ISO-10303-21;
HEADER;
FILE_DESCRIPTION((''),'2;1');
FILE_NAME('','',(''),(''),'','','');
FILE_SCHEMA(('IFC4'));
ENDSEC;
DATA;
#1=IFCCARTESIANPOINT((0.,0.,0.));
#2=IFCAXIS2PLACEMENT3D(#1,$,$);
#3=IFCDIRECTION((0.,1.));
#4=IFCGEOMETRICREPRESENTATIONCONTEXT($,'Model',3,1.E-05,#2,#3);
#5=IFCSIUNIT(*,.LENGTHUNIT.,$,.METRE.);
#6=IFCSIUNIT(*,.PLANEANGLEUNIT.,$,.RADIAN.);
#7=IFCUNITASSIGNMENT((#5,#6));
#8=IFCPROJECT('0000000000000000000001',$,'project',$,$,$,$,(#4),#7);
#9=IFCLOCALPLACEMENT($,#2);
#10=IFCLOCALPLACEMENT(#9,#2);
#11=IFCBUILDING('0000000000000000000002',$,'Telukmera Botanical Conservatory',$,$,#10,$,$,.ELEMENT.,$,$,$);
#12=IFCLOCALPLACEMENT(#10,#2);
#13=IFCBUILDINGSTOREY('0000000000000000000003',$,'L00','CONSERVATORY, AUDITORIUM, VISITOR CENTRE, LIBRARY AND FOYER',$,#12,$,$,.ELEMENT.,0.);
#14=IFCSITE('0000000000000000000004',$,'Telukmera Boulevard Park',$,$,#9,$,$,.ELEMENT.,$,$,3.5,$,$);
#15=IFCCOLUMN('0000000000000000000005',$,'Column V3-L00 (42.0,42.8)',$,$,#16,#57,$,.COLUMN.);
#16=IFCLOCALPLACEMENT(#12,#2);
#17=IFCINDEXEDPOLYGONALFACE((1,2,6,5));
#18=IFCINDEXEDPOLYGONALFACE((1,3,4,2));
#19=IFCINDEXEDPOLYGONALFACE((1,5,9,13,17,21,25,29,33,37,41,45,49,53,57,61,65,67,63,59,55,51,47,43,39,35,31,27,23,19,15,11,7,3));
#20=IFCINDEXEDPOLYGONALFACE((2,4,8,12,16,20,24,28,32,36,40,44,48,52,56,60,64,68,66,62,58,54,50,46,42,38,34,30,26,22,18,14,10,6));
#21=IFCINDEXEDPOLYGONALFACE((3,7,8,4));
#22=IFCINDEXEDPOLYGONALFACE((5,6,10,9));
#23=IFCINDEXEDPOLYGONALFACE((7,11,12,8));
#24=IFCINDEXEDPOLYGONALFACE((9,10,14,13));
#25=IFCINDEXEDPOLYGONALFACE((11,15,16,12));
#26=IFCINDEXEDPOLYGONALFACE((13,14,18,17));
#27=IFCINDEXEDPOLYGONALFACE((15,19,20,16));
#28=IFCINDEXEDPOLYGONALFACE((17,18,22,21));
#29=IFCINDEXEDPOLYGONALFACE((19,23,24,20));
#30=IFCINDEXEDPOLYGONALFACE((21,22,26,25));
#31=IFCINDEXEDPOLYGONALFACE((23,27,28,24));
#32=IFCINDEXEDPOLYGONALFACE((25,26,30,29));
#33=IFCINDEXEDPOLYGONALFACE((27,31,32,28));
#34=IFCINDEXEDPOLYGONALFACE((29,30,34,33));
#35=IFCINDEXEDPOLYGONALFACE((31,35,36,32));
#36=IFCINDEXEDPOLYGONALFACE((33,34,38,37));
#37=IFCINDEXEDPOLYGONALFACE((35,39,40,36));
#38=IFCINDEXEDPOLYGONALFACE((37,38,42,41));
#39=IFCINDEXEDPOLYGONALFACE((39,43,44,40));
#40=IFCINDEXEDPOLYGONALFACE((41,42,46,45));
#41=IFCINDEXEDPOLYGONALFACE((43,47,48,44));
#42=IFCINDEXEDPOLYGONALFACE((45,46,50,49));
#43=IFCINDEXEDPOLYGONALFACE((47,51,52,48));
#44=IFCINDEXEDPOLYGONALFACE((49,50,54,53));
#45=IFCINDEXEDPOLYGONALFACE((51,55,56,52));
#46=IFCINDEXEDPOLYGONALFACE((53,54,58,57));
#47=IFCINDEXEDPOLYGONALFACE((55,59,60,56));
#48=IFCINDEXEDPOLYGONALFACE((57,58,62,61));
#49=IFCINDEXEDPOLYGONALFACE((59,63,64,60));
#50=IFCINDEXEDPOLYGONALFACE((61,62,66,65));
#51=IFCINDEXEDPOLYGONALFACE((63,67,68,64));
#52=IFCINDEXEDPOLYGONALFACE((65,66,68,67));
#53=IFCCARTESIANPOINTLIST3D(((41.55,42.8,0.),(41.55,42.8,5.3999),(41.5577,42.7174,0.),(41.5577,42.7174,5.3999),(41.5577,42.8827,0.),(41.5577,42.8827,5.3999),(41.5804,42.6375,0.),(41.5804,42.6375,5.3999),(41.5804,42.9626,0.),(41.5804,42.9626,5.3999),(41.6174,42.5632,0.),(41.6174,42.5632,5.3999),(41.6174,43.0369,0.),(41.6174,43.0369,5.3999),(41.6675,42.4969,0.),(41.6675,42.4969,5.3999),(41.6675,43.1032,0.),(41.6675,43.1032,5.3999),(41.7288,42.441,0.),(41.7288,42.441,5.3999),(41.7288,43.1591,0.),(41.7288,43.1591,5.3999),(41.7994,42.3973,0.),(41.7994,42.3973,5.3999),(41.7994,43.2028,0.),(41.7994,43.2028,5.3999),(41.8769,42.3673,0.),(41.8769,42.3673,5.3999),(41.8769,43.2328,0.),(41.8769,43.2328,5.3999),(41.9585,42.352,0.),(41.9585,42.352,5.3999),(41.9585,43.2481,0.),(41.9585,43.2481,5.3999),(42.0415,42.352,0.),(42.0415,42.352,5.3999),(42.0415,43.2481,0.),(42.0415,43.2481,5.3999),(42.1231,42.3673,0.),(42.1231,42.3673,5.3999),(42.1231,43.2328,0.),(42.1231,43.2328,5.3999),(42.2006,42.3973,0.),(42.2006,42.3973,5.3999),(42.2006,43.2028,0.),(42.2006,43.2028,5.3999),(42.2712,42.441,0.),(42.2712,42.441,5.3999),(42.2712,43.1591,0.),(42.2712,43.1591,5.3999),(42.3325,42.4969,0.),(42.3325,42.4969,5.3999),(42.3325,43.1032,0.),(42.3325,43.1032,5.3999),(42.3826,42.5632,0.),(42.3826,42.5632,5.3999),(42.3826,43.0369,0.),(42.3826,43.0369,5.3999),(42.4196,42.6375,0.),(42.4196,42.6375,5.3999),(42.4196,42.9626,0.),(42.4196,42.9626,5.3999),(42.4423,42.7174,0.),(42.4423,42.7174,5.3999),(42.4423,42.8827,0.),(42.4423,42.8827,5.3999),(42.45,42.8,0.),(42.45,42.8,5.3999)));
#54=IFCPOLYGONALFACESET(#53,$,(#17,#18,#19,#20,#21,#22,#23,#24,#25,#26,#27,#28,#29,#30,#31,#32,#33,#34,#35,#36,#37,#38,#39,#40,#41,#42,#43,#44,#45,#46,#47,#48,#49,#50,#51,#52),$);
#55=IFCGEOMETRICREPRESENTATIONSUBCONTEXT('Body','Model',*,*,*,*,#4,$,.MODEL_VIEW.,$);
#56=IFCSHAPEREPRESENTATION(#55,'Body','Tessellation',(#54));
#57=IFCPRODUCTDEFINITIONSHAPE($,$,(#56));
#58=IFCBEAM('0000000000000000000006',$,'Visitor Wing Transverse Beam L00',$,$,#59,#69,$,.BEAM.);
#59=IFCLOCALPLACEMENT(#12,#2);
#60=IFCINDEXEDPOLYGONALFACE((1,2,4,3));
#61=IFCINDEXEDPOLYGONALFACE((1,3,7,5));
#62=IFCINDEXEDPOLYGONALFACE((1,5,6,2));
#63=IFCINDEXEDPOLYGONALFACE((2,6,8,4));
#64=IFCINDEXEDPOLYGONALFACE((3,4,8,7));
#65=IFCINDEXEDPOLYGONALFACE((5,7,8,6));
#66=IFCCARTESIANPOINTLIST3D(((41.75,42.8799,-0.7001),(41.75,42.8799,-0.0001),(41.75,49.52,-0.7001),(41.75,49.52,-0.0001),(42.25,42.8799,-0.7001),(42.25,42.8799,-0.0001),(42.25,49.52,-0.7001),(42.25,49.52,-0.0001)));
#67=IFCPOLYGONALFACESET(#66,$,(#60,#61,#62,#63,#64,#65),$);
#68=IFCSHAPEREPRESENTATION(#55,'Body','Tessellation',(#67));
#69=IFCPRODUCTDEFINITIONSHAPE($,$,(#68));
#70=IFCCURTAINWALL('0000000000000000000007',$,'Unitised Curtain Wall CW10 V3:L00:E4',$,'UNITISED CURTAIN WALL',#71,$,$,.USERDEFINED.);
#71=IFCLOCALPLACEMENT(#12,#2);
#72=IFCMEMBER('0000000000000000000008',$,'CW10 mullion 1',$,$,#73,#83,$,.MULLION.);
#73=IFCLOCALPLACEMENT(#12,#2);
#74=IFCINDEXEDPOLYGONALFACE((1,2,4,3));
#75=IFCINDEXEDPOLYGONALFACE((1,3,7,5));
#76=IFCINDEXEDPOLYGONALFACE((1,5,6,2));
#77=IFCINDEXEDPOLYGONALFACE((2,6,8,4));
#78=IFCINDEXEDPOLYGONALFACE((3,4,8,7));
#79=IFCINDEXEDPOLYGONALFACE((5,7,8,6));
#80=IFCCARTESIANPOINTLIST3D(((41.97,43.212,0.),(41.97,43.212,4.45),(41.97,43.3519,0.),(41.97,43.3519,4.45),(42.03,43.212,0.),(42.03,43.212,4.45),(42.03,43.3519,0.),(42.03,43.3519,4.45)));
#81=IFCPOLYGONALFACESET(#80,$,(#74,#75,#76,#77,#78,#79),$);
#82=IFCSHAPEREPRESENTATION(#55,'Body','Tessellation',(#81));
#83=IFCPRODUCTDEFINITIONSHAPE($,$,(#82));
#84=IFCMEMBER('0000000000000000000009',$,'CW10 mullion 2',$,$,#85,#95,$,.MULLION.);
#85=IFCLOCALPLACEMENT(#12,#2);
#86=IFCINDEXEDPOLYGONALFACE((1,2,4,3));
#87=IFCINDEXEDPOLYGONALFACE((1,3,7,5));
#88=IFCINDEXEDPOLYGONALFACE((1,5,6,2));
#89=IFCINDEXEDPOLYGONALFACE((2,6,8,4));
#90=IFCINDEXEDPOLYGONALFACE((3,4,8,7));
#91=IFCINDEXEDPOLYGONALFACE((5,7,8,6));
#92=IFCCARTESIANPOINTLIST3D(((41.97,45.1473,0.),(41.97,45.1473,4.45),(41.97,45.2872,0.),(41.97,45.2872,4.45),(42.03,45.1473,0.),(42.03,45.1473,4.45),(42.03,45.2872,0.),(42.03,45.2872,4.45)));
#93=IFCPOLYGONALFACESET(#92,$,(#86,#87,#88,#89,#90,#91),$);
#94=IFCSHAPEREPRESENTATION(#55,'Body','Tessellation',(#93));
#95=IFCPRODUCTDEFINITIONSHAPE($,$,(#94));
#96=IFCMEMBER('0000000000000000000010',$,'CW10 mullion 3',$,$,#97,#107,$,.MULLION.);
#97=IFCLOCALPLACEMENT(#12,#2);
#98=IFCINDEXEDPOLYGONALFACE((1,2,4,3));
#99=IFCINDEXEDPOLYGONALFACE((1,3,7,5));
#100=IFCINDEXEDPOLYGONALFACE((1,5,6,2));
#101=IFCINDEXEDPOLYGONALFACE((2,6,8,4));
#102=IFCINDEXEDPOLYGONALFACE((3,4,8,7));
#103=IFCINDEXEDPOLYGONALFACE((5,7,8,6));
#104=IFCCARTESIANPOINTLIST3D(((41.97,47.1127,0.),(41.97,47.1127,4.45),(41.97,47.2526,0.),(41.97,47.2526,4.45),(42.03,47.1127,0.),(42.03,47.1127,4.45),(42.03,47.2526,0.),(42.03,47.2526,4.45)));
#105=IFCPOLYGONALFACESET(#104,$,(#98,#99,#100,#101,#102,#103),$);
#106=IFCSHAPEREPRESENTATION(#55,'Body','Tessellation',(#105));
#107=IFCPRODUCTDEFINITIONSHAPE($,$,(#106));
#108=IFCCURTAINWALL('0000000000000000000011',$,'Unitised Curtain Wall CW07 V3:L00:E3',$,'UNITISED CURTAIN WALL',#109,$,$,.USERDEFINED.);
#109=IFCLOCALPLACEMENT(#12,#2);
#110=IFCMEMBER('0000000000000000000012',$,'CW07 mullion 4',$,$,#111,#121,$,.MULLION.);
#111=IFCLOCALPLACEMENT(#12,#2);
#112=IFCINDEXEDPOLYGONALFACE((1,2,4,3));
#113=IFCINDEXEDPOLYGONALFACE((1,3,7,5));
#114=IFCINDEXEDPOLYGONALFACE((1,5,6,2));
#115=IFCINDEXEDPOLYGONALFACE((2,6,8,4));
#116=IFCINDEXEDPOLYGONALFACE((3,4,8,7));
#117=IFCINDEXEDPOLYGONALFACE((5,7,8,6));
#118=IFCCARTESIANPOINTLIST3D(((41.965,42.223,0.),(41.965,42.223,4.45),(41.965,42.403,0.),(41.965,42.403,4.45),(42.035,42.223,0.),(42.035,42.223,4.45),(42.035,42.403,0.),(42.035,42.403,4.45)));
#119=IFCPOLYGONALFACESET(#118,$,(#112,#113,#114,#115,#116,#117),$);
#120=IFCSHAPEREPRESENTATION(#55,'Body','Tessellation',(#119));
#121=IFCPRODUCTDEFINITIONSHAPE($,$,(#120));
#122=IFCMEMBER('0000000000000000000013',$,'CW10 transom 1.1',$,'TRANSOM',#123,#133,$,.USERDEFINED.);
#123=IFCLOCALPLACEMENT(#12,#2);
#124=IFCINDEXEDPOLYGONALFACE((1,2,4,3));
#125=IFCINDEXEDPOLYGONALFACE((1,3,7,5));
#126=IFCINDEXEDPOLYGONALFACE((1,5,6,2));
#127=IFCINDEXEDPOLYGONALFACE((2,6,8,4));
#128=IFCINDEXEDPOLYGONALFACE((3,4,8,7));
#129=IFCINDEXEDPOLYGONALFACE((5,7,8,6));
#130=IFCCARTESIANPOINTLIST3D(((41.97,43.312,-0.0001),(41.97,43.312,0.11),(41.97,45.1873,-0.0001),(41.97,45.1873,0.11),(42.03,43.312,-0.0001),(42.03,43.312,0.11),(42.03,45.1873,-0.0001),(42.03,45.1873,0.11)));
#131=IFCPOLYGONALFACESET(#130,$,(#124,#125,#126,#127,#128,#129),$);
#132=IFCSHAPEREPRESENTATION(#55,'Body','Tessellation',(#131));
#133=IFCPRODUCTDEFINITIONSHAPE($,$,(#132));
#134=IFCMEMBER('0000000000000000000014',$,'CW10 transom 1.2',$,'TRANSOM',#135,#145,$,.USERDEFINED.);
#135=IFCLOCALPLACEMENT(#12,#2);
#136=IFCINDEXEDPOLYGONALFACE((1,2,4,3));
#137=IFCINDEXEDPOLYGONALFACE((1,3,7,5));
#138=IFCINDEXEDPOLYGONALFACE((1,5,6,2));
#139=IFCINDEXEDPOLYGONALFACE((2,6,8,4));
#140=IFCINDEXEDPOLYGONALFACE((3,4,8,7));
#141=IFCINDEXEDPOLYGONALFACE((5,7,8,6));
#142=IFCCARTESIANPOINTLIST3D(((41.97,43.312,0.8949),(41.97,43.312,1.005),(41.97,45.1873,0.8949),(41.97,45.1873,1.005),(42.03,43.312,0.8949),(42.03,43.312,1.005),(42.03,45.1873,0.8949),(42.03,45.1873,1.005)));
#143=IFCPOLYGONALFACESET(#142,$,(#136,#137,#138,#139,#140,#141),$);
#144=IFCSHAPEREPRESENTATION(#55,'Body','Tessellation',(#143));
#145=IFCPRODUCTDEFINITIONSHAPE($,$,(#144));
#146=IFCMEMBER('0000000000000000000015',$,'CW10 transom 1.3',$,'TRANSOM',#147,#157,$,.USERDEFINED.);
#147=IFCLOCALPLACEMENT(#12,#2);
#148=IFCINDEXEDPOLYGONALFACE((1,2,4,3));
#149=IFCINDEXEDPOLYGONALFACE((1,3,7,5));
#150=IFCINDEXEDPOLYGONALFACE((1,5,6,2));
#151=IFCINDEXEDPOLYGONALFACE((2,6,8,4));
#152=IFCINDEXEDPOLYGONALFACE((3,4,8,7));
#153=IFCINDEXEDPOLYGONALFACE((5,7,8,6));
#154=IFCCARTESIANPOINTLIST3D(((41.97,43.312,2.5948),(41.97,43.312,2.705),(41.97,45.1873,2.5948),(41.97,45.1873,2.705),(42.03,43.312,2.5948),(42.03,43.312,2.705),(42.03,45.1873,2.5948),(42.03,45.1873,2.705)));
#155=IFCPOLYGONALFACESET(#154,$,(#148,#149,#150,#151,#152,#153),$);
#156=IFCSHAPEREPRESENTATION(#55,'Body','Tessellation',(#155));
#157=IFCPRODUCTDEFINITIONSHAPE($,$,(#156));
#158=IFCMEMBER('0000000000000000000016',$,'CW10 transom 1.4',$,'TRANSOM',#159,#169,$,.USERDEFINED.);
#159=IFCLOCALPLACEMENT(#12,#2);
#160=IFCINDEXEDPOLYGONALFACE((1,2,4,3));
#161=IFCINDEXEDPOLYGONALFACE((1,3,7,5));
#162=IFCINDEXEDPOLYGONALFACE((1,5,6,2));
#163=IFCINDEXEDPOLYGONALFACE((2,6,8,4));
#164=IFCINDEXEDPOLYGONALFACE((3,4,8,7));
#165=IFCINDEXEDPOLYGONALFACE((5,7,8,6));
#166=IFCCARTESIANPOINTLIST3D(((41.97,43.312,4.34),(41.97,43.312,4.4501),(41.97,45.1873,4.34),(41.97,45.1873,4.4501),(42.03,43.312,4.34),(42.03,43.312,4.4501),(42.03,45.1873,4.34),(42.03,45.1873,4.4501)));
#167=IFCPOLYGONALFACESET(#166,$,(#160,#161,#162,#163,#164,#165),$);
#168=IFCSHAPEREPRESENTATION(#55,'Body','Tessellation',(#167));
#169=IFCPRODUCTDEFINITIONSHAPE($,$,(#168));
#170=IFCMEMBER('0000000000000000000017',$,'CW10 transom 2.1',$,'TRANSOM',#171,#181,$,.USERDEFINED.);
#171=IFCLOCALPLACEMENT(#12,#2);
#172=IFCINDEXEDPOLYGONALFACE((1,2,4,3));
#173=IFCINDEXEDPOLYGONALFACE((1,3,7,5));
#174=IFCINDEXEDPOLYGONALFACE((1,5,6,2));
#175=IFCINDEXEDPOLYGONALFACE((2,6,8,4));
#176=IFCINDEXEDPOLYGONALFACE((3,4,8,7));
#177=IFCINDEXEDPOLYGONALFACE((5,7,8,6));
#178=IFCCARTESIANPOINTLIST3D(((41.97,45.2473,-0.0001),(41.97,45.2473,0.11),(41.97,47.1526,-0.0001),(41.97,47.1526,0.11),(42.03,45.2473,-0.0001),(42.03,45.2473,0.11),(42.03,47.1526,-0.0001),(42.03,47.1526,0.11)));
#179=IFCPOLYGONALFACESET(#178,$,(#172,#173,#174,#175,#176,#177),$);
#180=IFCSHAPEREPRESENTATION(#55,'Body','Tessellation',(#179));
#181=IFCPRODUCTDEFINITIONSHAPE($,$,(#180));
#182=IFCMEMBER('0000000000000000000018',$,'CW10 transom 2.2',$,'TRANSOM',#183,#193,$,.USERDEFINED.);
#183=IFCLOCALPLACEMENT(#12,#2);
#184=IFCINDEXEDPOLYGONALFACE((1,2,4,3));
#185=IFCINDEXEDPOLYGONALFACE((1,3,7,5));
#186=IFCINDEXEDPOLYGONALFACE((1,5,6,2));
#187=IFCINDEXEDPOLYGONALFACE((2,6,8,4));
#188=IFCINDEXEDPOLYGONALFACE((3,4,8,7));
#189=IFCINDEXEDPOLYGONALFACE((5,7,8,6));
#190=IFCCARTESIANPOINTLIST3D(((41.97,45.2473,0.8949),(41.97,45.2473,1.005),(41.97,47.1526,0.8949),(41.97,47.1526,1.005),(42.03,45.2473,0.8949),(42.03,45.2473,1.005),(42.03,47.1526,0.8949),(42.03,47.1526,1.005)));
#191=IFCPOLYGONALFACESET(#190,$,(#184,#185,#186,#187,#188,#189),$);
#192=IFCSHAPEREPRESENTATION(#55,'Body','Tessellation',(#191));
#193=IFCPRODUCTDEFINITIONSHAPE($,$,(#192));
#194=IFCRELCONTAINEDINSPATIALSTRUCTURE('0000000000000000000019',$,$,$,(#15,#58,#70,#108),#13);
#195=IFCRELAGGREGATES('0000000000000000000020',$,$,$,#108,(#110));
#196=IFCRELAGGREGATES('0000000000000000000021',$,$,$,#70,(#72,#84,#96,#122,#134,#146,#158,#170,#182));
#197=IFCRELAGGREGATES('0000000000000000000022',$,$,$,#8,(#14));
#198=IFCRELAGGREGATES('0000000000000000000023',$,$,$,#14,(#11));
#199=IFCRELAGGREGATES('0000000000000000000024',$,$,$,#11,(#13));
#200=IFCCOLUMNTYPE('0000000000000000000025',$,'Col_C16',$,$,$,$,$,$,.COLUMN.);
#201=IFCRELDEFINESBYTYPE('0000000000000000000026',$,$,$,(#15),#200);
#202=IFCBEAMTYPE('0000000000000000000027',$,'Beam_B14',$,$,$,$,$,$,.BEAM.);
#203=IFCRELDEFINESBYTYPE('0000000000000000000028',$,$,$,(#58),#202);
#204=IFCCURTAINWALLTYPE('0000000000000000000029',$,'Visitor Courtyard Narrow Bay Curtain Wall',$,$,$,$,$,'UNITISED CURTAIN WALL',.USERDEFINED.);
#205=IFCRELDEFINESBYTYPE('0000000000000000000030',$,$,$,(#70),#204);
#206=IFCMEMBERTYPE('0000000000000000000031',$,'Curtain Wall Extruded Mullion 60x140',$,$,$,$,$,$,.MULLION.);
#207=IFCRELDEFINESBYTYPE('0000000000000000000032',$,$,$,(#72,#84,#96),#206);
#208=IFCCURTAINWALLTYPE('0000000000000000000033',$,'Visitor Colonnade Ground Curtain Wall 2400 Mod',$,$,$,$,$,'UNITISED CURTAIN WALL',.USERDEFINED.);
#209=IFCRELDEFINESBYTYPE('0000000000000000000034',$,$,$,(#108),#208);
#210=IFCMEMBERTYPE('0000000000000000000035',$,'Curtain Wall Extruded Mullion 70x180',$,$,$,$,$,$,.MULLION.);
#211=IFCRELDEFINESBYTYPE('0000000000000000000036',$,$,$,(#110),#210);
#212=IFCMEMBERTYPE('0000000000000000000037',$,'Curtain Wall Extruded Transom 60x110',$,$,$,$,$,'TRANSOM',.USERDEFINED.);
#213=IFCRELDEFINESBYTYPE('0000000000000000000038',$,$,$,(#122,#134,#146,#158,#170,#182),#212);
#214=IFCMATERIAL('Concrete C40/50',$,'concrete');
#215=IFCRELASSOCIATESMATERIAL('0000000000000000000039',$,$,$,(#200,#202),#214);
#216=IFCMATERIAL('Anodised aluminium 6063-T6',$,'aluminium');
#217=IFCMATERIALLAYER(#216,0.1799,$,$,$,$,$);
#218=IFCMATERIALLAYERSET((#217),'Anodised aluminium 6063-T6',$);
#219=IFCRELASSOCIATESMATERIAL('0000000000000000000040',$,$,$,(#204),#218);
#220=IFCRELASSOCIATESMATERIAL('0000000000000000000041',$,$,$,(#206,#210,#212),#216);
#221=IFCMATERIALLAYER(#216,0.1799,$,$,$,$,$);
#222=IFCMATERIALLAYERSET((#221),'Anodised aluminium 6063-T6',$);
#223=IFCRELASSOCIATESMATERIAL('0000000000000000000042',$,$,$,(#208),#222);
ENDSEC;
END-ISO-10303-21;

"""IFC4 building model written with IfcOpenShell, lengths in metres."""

from ifc_helpers import new_model, si_unit, direction, frame, origin, origin_2d, place, context, subcontext, project, spatial, rectangle, circle, extrude, material, layer, layer_set, material_profile, profile_set, type_object, element, aggregate, save


model = new_model("IFC4")

# Units and contexts
model_context = context("Model", 3, precision=1e-05, world=origin(), true_north=direction((0.0, 1.0)))
body_context = subcontext(model_context, "Body", "Model", "MODEL_VIEW")
ifc_project = project(units=[si_unit("LENGTHUNIT", "METRE"), si_unit("PLANEANGLEUNIT", "RADIAN")], contexts=[model_context])

# Site, building, storey
site_placement = place(None, origin())
site = spatial("IfcSite", under=ifc_project, at=site_placement, Name="Telukmera Boulevard Park", CompositionType="ELEMENT", RefElevation=3.5)
building_placement = place(site_placement, origin())
building = spatial("IfcBuilding", under=site, at=building_placement, Name="Telukmera Botanical Conservatory", CompositionType="ELEMENT")
storey_placement = place(building_placement, origin())
storey = spatial("IfcBuildingStorey", under=building, at=storey_placement, Name="L00", Description="CONSERVATORY, AUDITORIUM, VISITOR CENTRE, LIBRARY AND FOYER", CompositionType="ELEMENT", Elevation=0.0)

# Column
ifc_material_1 = material(Name="Concrete C40/50", Category="concrete")
ifc_material_profile_1 = material_profile(ifc_material_1, circle(Radius=0.45, at=origin_2d()), Name="RC D900")
ifc_profile_set_1 = profile_set([ifc_material_profile_1], Name="Concrete C40/50")
column_type = type_object("IfcColumnType", Name="Col_C16", PredefinedType="COLUMN", material=ifc_profile_set_1)
column_placement = place(storey_placement, frame((42.0, 42.8, 0.0), z_axis=(0.0, 0.0, 1.0), x_axis=(1.0, 0.0, 0.0)))
element("IfcColumn", 1, at=column_placement, inside=storey, type_object=column_type, Name="Column V3-L00 (42.0,42.8)", PredefinedType="COLUMN", context=body_context, shape_type="SweptSolid", body=[
    extrude(circle(Radius=0.45, at=origin_2d()), origin(), (0.0, 0.0, 1.0), 5.3999),
])

# Beam
ifc_material_profile_2 = material_profile(ifc_material_1, rectangle(XDim=0.5, YDim=0.7, at=origin_2d()), Name="RC 500x700")
ifc_profile_set_2 = profile_set([ifc_material_profile_2], Name="Concrete C40/50")
beam_type = type_object("IfcBeamType", Name="Beam_B14", PredefinedType="BEAM", material=ifc_profile_set_2)
beam_placement = place(storey_placement, frame((42.0, 42.8799, -0.3501), z_axis=(0.0, 1.0, 0.0), x_axis=(-1.0, 0.0, 0.0)))
element("IfcBeam", 2, at=beam_placement, inside=storey, type_object=beam_type, Name="Visitor Wing Transverse Beam L00", PredefinedType="BEAM", context=body_context, shape_type="SweptSolid", body=[
    extrude(rectangle(XDim=0.5, YDim=0.7, at=origin_2d()), origin(), (0.0, 0.0, 1.0), 6.6401),
])

# Curtain wall, members
ifc_material_2 = material(Name="Anodised aluminium 6063-T6", Category="aluminium")
ifc_layer_1 = layer(ifc_material_2, 0.1799)
ifc_layer_set_1 = layer_set([ifc_layer_1], Name="Anodised aluminium 6063-T6")
curtain_wall_type_1 = type_object("IfcCurtainWallType", Name="Visitor Courtyard Narrow Bay Curtain Wall", ElementType="UNITISED CURTAIN WALL", PredefinedType="USERDEFINED", material=ifc_layer_set_1)
curtain_wall_1_placement = place(storey_placement, origin())
curtain_wall_1 = element("IfcCurtainWall", 3, at=curtain_wall_1_placement, inside=storey, type_object=curtain_wall_type_1, Name="Unitised Curtain Wall CW10 V3:L00:E4", ObjectType="UNITISED CURTAIN WALL", PredefinedType="USERDEFINED")
ifc_material_profile_3 = material_profile(ifc_material_2, rectangle(XDim=0.0601, YDim=0.1399, at=origin_2d()), Name="ALU MULL 60x140")
ifc_profile_set_3 = profile_set([ifc_material_profile_3], Name="Anodised aluminium 6063-T6")
member_type_1 = type_object("IfcMemberType", Name="Curtain Wall Extruded Mullion 60x140", PredefinedType="MULLION", material=ifc_profile_set_3)
member_1_placement = place(storey_placement, frame((42.0, 43.282, 0.0), z_axis=(0.0, 0.0, 1.0), x_axis=(-1.0, 0.0, 0.0)))
member_1 = element("IfcMember", 4, at=member_1_placement, type_object=member_type_1, Name="CW10 mullion 1", PredefinedType="MULLION", context=body_context, shape_type="SweptSolid", body=[
    extrude(rectangle(XDim=0.0601, YDim=0.1399, at=origin_2d()), origin(), (0.0, 0.0, 1.0), 4.45),
])
member_2_placement = place(storey_placement, frame((42.0, 45.2173, 0.0), z_axis=(0.0, 0.0, 1.0), x_axis=(-1.0, 0.0, 0.0)))
member_2 = element("IfcMember", 5, at=member_2_placement, type_object=member_type_1, Name="CW10 mullion 2", PredefinedType="MULLION", context=body_context, shape_type="SweptSolid", body=[
    extrude(rectangle(XDim=0.0601, YDim=0.1399, at=origin_2d()), origin(), (0.0, 0.0, 1.0), 4.45),
])
member_3_placement = place(storey_placement, frame((42.0, 47.1826, 0.0), z_axis=(0.0, 0.0, 1.0), x_axis=(-1.0, 0.0, 0.0)))
member_3 = element("IfcMember", 6, at=member_3_placement, type_object=member_type_1, Name="CW10 mullion 3", PredefinedType="MULLION", context=body_context, shape_type="SweptSolid", body=[
    extrude(rectangle(XDim=0.0601, YDim=0.1399, at=origin_2d()), origin(), (0.0, 0.0, 1.0), 4.45),
])

# Curtain wall, member
ifc_layer_2 = layer(ifc_material_2, 0.1799)
ifc_layer_set_2 = layer_set([ifc_layer_2], Name="Anodised aluminium 6063-T6")
curtain_wall_type_2 = type_object("IfcCurtainWallType", Name="Visitor Colonnade Ground Curtain Wall 2400 Mod", ElementType="UNITISED CURTAIN WALL", PredefinedType="USERDEFINED", material=ifc_layer_set_2)
curtain_wall_2_placement = place(storey_placement, origin())
curtain_wall_2 = element("IfcCurtainWall", 7, at=curtain_wall_2_placement, inside=storey, type_object=curtain_wall_type_2, Name="Unitised Curtain Wall CW07 V3:L00:E3", ObjectType="UNITISED CURTAIN WALL", PredefinedType="USERDEFINED")
ifc_material_profile_4 = material_profile(ifc_material_2, rectangle(XDim=0.0701, YDim=0.1799, at=origin_2d()), Name="ALU MULL 70x180")
ifc_profile_set_4 = profile_set([ifc_material_profile_4], Name="Anodised aluminium 6063-T6")
member_type_2 = type_object("IfcMemberType", Name="Curtain Wall Extruded Mullion 70x180", PredefinedType="MULLION", material=ifc_profile_set_4)
member_4_placement = place(storey_placement, frame((42.0, 42.313, 0.0), z_axis=(0.0, 0.0, 1.0), x_axis=(-1.0, 0.0, 0.0)))
member_4 = element("IfcMember", 8, at=member_4_placement, type_object=member_type_2, Name="CW07 mullion 4", PredefinedType="MULLION", context=body_context, shape_type="SweptSolid", body=[
    extrude(rectangle(XDim=0.0701, YDim=0.1799, at=origin_2d()), origin(), (0.0, 0.0, 1.0), 4.45),
])
aggregate(curtain_wall_2, [member_4])

# Members
ifc_material_profile_5 = material_profile(ifc_material_2, rectangle(XDim=0.0601, YDim=0.1101, at=origin_2d()), Name="ALU TRAN 60x110")
ifc_profile_set_5 = profile_set([ifc_material_profile_5], Name="Anodised aluminium 6063-T6")
member_type_3 = type_object("IfcMemberType", Name="Curtain Wall Extruded Transom 60x110", ElementType="TRANSOM", PredefinedType="USERDEFINED", material=ifc_profile_set_5)
member_5_placement = place(storey_placement, frame((42.0, 43.312, 0.0549), z_axis=(0.0, 1.0, 0.0), x_axis=(-1.0, 0.0, 0.0)))
member_5 = element("IfcMember", 9, at=member_5_placement, type_object=member_type_3, Name="CW10 transom 1.1", ObjectType="TRANSOM", PredefinedType="USERDEFINED", context=body_context, shape_type="SweptSolid", body=[
    extrude(rectangle(XDim=0.0601, YDim=0.1101, at=origin_2d()), origin(), (0.0, 0.0, 1.0), 1.8752),
])
member_6_placement = place(storey_placement, frame((42.0, 43.312, 0.95), z_axis=(0.0, 1.0, 0.0), x_axis=(-1.0, 0.0, 0.0)))
member_6 = element("IfcMember", 10, at=member_6_placement, type_object=member_type_3, Name="CW10 transom 1.2", ObjectType="TRANSOM", PredefinedType="USERDEFINED", context=body_context, shape_type="SweptSolid", body=[
    extrude(rectangle(XDim=0.0601, YDim=0.1101, at=origin_2d()), origin(), (0.0, 0.0, 1.0), 1.8752),
])
member_7_placement = place(storey_placement, frame((42.0, 43.312, 2.6499), z_axis=(0.0, 1.0, 0.0), x_axis=(-1.0, 0.0, 0.0)))
member_7 = element("IfcMember", 11, at=member_7_placement, type_object=member_type_3, Name="CW10 transom 1.3", ObjectType="TRANSOM", PredefinedType="USERDEFINED", context=body_context, shape_type="SweptSolid", body=[
    extrude(rectangle(XDim=0.0601, YDim=0.1101, at=origin_2d()), origin(), (0.0, 0.0, 1.0), 1.8752),
])
member_8_placement = place(storey_placement, frame((42.0, 43.312, 4.395), z_axis=(0.0, 1.0, 0.0), x_axis=(-1.0, 0.0, 0.0)))
member_8 = element("IfcMember", 12, at=member_8_placement, type_object=member_type_3, Name="CW10 transom 1.4", ObjectType="TRANSOM", PredefinedType="USERDEFINED", context=body_context, shape_type="SweptSolid", body=[
    extrude(rectangle(XDim=0.0601, YDim=0.1101, at=origin_2d()), origin(), (0.0, 0.0, 1.0), 1.8752),
])
member_9_placement = place(storey_placement, frame((42.0, 45.2473, 0.0549), z_axis=(0.0, 1.0, 0.0), x_axis=(-1.0, 0.0, 0.0)))
member_9 = element("IfcMember", 13, at=member_9_placement, type_object=member_type_3, Name="CW10 transom 2.1", ObjectType="TRANSOM", PredefinedType="USERDEFINED", context=body_context, shape_type="SweptSolid", body=[
    extrude(rectangle(XDim=0.0601, YDim=0.1101, at=origin_2d()), origin(), (0.0, 0.0, 1.0), 1.9053),
])
member_10_placement = place(storey_placement, frame((42.0, 45.2473, 0.95), z_axis=(0.0, 1.0, 0.0), x_axis=(-1.0, 0.0, 0.0)))
member_10 = element("IfcMember", 14, at=member_10_placement, type_object=member_type_3, Name="CW10 transom 2.2", ObjectType="TRANSOM", PredefinedType="USERDEFINED", context=body_context, shape_type="SweptSolid", body=[
    extrude(rectangle(XDim=0.0601, YDim=0.1101, at=origin_2d()), origin(), (0.0, 0.0, 1.0), 1.9053),
])

aggregate(curtain_wall_1, [member_1, member_2, member_3, member_5, member_6, member_7, member_8, member_9, member_10])

save(model, "model.ifc")
